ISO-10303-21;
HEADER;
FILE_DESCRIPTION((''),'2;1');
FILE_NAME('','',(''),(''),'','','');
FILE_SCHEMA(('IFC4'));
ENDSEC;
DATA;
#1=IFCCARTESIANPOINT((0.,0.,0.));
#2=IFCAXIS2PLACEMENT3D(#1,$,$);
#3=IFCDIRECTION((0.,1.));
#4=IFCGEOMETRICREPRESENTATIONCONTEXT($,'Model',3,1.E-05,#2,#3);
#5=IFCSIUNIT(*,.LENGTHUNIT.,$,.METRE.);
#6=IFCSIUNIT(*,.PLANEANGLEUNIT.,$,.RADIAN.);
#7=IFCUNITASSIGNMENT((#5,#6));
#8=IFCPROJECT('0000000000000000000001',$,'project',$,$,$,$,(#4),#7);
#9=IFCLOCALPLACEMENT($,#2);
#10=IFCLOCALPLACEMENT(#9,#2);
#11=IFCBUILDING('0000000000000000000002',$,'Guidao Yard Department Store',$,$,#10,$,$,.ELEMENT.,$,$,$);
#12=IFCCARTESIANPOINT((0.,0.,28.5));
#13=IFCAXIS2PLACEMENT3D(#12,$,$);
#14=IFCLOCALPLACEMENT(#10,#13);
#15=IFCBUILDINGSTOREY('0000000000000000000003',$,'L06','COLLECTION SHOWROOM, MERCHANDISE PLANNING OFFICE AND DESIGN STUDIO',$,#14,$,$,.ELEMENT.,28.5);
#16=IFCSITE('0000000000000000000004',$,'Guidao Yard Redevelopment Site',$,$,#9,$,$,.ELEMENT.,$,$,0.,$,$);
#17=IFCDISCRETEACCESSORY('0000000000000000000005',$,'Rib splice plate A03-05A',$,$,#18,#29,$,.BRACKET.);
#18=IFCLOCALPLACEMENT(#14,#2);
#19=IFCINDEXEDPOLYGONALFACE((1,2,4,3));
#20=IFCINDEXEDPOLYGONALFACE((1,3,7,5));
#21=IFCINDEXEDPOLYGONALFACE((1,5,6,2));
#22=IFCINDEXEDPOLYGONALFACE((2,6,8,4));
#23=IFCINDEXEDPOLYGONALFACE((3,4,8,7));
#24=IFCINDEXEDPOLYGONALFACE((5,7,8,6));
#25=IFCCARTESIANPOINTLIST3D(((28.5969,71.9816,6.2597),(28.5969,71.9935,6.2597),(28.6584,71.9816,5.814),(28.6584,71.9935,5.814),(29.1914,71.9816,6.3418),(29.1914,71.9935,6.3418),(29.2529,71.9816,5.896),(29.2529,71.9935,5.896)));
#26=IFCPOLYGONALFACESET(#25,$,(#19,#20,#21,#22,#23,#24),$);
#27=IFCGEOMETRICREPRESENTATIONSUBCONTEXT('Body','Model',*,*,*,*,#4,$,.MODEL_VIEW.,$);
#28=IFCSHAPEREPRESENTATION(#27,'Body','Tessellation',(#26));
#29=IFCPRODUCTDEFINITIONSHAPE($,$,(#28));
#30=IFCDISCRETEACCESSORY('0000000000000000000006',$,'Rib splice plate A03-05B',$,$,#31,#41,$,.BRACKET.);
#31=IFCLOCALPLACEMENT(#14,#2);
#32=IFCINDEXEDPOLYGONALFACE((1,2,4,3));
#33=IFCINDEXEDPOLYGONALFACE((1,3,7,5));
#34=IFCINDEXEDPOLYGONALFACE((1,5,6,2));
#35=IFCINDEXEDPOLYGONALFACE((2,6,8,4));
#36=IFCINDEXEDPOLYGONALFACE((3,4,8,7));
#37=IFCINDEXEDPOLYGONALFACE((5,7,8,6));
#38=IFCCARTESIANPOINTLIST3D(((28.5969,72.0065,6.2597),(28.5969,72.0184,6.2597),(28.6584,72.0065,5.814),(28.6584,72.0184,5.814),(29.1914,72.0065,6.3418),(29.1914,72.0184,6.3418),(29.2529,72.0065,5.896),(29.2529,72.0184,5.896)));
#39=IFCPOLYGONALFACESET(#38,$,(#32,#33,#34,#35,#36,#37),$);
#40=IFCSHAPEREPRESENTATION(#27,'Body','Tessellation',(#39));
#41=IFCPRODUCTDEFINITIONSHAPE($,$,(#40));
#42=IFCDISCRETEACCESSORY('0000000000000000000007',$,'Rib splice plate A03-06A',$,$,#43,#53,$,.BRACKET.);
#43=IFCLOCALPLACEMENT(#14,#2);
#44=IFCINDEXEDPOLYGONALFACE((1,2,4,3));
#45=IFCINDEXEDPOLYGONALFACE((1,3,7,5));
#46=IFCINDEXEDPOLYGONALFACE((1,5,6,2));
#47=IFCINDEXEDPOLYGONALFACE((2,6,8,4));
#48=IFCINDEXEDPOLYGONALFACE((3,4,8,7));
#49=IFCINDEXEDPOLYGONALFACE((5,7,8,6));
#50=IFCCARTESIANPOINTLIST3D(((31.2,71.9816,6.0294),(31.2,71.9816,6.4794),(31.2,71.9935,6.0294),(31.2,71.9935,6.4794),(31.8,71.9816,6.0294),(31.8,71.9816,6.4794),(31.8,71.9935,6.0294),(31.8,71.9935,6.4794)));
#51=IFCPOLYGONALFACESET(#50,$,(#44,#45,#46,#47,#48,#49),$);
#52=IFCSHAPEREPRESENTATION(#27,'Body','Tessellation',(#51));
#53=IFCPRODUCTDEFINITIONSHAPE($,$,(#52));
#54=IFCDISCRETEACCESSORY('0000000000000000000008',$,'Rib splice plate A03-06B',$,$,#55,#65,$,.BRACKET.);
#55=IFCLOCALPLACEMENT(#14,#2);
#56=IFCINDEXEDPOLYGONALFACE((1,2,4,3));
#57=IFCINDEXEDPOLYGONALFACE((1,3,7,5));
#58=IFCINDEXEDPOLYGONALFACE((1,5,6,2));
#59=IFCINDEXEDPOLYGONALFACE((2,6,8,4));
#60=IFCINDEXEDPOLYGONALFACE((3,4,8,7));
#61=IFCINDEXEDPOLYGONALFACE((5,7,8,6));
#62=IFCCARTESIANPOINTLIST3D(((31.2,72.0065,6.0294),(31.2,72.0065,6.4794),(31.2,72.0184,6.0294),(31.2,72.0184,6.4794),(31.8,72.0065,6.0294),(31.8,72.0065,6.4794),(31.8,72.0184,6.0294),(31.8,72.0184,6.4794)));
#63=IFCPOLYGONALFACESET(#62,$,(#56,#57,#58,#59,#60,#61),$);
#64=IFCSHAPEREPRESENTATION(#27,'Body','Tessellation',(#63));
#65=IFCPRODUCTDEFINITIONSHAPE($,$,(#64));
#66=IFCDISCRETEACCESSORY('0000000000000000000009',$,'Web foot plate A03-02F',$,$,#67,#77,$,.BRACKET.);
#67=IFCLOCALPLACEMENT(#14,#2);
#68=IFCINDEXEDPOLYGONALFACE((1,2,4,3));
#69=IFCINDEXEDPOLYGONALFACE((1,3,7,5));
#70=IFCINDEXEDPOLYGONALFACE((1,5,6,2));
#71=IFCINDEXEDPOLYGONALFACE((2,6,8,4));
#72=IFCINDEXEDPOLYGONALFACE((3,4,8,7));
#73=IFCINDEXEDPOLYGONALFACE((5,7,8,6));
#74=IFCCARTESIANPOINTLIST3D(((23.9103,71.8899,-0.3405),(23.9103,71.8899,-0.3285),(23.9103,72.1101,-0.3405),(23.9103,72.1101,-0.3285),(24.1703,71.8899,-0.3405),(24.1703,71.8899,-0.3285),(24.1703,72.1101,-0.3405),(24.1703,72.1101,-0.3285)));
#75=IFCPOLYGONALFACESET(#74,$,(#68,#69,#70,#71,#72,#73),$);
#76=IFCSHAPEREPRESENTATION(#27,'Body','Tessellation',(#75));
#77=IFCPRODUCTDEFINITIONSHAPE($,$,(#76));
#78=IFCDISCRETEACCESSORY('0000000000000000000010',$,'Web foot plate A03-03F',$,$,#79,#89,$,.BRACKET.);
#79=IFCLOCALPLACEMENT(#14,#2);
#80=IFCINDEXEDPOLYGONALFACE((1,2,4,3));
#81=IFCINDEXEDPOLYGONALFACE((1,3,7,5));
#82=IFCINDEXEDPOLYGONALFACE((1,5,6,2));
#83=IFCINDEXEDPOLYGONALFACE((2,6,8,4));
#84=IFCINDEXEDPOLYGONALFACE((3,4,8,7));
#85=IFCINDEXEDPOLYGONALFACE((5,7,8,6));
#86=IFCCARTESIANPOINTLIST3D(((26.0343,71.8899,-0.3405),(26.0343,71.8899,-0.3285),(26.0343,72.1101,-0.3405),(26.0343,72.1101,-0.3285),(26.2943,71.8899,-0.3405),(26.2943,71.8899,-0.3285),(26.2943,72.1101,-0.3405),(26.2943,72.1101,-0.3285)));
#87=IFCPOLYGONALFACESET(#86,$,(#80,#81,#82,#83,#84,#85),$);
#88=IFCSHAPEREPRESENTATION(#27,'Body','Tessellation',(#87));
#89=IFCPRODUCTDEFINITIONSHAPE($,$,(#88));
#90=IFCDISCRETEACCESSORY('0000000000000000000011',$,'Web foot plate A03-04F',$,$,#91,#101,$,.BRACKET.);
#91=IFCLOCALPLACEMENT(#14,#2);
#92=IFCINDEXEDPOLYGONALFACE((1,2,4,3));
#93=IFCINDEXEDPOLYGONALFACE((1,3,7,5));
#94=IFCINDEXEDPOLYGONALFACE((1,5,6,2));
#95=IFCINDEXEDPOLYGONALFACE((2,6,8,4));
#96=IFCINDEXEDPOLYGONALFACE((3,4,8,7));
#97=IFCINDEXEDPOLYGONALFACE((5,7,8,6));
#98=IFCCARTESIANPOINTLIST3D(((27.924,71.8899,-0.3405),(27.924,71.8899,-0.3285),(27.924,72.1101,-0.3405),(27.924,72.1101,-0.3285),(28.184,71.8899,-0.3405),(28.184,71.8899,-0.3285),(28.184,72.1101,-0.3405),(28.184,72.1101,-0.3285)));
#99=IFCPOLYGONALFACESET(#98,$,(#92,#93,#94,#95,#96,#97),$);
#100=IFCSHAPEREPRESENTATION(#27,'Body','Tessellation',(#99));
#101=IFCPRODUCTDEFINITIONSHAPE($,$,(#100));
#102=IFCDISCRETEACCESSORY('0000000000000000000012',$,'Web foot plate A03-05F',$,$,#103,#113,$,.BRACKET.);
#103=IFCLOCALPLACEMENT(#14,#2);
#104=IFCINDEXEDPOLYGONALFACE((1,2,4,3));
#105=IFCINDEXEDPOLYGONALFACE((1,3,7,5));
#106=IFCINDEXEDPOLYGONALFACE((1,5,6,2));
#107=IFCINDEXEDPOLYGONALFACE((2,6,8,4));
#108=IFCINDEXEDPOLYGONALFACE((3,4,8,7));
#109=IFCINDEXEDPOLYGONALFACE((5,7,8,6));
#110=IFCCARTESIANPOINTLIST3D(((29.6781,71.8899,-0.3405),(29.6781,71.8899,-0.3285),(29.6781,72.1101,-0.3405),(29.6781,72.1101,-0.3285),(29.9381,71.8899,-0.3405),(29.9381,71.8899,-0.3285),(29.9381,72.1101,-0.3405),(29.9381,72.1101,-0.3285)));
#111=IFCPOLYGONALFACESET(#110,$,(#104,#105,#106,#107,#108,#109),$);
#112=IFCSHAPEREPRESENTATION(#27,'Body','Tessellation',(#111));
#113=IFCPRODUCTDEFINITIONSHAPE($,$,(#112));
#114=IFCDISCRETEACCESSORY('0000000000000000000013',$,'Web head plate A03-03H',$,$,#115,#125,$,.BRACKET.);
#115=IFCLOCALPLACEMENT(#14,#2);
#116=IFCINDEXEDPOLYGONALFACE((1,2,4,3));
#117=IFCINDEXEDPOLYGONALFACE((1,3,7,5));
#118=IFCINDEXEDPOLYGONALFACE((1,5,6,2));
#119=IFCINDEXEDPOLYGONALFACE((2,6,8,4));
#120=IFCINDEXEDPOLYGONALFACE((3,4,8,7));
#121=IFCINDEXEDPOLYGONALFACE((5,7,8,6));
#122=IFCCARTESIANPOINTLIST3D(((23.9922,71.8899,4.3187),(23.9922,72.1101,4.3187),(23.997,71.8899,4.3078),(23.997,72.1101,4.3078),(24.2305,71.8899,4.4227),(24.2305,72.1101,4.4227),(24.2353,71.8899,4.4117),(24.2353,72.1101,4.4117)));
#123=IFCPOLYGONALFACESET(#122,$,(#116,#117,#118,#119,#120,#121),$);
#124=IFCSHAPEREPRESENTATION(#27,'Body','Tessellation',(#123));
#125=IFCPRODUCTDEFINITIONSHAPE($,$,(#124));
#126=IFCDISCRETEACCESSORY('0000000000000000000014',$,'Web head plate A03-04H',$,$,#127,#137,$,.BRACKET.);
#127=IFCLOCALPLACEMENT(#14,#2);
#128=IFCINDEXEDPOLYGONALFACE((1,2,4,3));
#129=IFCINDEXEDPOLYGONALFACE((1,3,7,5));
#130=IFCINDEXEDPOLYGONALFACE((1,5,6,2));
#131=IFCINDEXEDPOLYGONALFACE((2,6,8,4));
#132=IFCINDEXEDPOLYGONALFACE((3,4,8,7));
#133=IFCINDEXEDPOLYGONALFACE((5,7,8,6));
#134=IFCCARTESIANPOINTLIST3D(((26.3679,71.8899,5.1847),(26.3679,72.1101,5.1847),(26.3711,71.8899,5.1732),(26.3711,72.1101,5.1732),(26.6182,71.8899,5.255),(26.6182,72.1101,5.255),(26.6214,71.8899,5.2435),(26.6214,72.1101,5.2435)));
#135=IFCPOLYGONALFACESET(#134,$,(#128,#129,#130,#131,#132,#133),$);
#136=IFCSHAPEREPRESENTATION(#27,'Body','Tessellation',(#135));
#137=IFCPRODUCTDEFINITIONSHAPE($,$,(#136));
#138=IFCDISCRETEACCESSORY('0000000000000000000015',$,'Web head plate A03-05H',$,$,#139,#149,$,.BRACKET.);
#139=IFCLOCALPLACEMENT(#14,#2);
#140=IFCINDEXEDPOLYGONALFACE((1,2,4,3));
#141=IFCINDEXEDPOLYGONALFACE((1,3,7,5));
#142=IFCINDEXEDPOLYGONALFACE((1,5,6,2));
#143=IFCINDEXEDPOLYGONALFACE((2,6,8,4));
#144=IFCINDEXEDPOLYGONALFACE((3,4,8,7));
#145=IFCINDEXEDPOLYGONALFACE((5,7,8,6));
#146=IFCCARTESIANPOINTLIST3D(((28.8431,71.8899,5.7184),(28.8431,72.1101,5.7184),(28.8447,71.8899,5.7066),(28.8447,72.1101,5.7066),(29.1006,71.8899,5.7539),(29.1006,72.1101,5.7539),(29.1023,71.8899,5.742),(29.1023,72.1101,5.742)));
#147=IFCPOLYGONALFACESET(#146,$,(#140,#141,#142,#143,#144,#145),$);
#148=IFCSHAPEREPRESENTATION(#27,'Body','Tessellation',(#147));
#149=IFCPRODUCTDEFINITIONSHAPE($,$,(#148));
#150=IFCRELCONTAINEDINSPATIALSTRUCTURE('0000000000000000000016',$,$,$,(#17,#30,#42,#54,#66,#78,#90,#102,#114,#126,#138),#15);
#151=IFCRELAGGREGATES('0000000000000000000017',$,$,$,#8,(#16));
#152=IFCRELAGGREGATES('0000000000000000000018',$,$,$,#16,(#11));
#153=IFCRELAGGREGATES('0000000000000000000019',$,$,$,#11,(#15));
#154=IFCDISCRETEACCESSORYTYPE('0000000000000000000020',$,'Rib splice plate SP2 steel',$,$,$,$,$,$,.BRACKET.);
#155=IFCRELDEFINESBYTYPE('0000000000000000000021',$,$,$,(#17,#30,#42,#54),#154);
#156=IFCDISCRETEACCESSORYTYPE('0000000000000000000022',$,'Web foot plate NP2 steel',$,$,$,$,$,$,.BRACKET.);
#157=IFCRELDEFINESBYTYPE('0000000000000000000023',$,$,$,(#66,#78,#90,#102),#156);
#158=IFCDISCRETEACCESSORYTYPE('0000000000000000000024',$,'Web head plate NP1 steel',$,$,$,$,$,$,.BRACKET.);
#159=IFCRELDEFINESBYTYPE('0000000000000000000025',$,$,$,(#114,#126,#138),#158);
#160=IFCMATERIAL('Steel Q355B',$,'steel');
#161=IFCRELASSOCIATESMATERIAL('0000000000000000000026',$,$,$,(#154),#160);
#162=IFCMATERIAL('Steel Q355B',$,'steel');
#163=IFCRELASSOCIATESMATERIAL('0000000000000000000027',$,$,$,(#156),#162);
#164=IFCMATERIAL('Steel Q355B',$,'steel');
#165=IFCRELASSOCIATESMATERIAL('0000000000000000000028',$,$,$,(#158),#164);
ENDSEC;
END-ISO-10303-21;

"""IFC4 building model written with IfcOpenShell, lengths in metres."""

from ifc_helpers import new_model, si_unit, direction, frame, origin, origin_2d, place, context, subcontext, project, spatial, rectangle, extrude, material, material_profile, profile_set, type_object, element, save


model = new_model("IFC4")

# Units and contexts
model_context = context("Model", 3, precision=1e-05, world=origin(), true_north=direction((0.0, 1.0)))
body_context = subcontext(model_context, "Body", "Model", "MODEL_VIEW")
ifc_project = project(units=[si_unit("LENGTHUNIT", "METRE"), si_unit("PLANEANGLEUNIT", "RADIAN")], contexts=[model_context])

# Site, building, storey
site_placement = place(None, origin())
site = spatial("IfcSite", under=ifc_project, at=site_placement, Name="Guidao Yard Redevelopment Site", CompositionType="ELEMENT", RefElevation=0.0)
building_placement = place(site_placement, origin())
building = spatial("IfcBuilding", under=site, at=building_placement, Name="Guidao Yard Department Store", CompositionType="ELEMENT")
storey_placement = place(building_placement, frame((0.0, 0.0, 28.5)))
storey = spatial("IfcBuildingStorey", under=building, at=storey_placement, Name="L06", Description="COLLECTION SHOWROOM, MERCHANDISE PLANNING OFFICE AND DESIGN STUDIO", CompositionType="ELEMENT", Elevation=28.5)

# Discrete accessories
ifc_material_1 = material(Name="Steel Q355B", Category="steel")
ifc_material_profile_1 = material_profile(ifc_material_1, rectangle(XDim=0.012, YDim=0.45, at=origin_2d()), Name="Splice plate 450x12")
ifc_profile_set_1 = profile_set([ifc_material_profile_1], Name="Steel Q355B")
discrete_accessory_type_1 = type_object("IfcDiscreteAccessoryType", Name="Rib splice plate SP2 steel", PredefinedType="BRACKET", material=ifc_profile_set_1)
for number, where, z_axis, x_axis, name in (
    (1, (28.6277, 71.9875, 6.0369), (0.990614, 0.0, 0.136692), (0.0, 1.0, 0.0), "Rib splice plate A03-05A"),
    (2, (28.6277, 72.0125, 6.0369), (0.990614, 0.0, 0.136692), (0.0, 1.0, 0.0), "Rib splice plate A03-05B"),
    (3, (31.2, 71.9875, 6.2544), (1.0, 0.0, 0.0), (0.0, 1.0, 0.0), "Rib splice plate A03-06A"),
    (4, (31.2, 72.0125, 6.2544), (1.0, 0.0, 0.0), (0.0, 1.0, 0.0), "Rib splice plate A03-06B"),
):
    element("IfcDiscreteAccessory", number, at=place(storey_placement, frame(where, z_axis=z_axis, x_axis=x_axis)), inside=storey, type_object=discrete_accessory_type_1, Name=name, PredefinedType="BRACKET", context=body_context, shape_type="SweptSolid", body=[
        extrude(rectangle(XDim=0.012, YDim=0.45, at=origin_2d()), origin(), (0.0, 0.0, 1.0), 0.6001),
    ])
ifc_material_2 = material(Name="Steel Q355B", Category="steel")
ifc_material_profile_2 = material_profile(ifc_material_2, rectangle(XDim=0.26, YDim=0.012, at=origin_2d()), Name="Node plate 260x12")
ifc_profile_set_2 = profile_set([ifc_material_profile_2], Name="Steel Q355B")
discrete_accessory_type_2 = type_object("IfcDiscreteAccessoryType", Name="Web foot plate NP2 steel", PredefinedType="BRACKET", material=ifc_profile_set_2)
for number, where, z_axis, x_axis, name in (
    (5, (24.0403, 71.8899, -0.3345), (0.0, 1.0, 0.0), (-1.0, 0.0, 0.0), "Web foot plate A03-02F"),
    (6, (26.1643, 71.8899, -0.3345), (0.0, 1.0, 0.0), (-1.0, 0.0, 0.0), "Web foot plate A03-03F"),
    (7, (28.054, 71.8899, -0.3345), (0.0, 1.0, 0.0), (-1.0, 0.0, 0.0), "Web foot plate A03-04F"),
    (8, (29.8081, 71.8899, -0.3345), (0.0, 1.0, 0.0), (-1.0, 0.0, 0.0), "Web foot plate A03-05F"),
):
    element("IfcDiscreteAccessory", number, at=place(storey_placement, frame(where, z_axis=z_axis, x_axis=x_axis)), inside=storey, type_object=discrete_accessory_type_2, Name=name, PredefinedType="BRACKET", context=body_context, shape_type="SweptSolid", body=[
        extrude(rectangle(XDim=0.26, YDim=0.012, at=origin_2d()), origin(), (0.0, 0.0, 1.0), 0.2202),
    ])
ifc_material_3 = material(Name="Steel Q355B", Category="steel")
ifc_material_profile_3 = material_profile(ifc_material_3, rectangle(XDim=0.26, YDim=0.012, at=origin_2d()), Name="Node plate 260x12")
ifc_profile_set_3 = profile_set([ifc_material_profile_3], Name="Steel Q355B")
discrete_accessory_type_3 = type_object("IfcDiscreteAccessoryType", Name="Web head plate NP1 steel", PredefinedType="BRACKET", material=ifc_profile_set_3)
for number, where, z_axis, x_axis, name in (
    (9, (24.1138, 71.8899, 4.3652), (0.0, 1.0, 0.0), (-0.916571, 0.0, -0.399871), "Web head plate A03-03H"),
    (10, (26.4946, 71.8899, 5.2141), (0.0, 1.0, 0.0), (-0.962712, 0.0, -0.270529), "Web head plate A03-04H"),
    (11, (28.9727, 71.8899, 5.7302), (0.0, 1.0, 0.0), (-0.990647, 0.0, -0.136449), "Web head plate A03-05H"),
):
    element("IfcDiscreteAccessory", number, at=place(storey_placement, frame(where, z_axis=z_axis, x_axis=x_axis)), inside=storey, type_object=discrete_accessory_type_3, Name=name, PredefinedType="BRACKET", context=body_context, shape_type="SweptSolid", body=[
        extrude(rectangle(XDim=0.26, YDim=0.012, at=origin_2d()), origin(), (0.0, 0.0, 1.0), 0.2202),
    ])

save(model, "model.ifc")
